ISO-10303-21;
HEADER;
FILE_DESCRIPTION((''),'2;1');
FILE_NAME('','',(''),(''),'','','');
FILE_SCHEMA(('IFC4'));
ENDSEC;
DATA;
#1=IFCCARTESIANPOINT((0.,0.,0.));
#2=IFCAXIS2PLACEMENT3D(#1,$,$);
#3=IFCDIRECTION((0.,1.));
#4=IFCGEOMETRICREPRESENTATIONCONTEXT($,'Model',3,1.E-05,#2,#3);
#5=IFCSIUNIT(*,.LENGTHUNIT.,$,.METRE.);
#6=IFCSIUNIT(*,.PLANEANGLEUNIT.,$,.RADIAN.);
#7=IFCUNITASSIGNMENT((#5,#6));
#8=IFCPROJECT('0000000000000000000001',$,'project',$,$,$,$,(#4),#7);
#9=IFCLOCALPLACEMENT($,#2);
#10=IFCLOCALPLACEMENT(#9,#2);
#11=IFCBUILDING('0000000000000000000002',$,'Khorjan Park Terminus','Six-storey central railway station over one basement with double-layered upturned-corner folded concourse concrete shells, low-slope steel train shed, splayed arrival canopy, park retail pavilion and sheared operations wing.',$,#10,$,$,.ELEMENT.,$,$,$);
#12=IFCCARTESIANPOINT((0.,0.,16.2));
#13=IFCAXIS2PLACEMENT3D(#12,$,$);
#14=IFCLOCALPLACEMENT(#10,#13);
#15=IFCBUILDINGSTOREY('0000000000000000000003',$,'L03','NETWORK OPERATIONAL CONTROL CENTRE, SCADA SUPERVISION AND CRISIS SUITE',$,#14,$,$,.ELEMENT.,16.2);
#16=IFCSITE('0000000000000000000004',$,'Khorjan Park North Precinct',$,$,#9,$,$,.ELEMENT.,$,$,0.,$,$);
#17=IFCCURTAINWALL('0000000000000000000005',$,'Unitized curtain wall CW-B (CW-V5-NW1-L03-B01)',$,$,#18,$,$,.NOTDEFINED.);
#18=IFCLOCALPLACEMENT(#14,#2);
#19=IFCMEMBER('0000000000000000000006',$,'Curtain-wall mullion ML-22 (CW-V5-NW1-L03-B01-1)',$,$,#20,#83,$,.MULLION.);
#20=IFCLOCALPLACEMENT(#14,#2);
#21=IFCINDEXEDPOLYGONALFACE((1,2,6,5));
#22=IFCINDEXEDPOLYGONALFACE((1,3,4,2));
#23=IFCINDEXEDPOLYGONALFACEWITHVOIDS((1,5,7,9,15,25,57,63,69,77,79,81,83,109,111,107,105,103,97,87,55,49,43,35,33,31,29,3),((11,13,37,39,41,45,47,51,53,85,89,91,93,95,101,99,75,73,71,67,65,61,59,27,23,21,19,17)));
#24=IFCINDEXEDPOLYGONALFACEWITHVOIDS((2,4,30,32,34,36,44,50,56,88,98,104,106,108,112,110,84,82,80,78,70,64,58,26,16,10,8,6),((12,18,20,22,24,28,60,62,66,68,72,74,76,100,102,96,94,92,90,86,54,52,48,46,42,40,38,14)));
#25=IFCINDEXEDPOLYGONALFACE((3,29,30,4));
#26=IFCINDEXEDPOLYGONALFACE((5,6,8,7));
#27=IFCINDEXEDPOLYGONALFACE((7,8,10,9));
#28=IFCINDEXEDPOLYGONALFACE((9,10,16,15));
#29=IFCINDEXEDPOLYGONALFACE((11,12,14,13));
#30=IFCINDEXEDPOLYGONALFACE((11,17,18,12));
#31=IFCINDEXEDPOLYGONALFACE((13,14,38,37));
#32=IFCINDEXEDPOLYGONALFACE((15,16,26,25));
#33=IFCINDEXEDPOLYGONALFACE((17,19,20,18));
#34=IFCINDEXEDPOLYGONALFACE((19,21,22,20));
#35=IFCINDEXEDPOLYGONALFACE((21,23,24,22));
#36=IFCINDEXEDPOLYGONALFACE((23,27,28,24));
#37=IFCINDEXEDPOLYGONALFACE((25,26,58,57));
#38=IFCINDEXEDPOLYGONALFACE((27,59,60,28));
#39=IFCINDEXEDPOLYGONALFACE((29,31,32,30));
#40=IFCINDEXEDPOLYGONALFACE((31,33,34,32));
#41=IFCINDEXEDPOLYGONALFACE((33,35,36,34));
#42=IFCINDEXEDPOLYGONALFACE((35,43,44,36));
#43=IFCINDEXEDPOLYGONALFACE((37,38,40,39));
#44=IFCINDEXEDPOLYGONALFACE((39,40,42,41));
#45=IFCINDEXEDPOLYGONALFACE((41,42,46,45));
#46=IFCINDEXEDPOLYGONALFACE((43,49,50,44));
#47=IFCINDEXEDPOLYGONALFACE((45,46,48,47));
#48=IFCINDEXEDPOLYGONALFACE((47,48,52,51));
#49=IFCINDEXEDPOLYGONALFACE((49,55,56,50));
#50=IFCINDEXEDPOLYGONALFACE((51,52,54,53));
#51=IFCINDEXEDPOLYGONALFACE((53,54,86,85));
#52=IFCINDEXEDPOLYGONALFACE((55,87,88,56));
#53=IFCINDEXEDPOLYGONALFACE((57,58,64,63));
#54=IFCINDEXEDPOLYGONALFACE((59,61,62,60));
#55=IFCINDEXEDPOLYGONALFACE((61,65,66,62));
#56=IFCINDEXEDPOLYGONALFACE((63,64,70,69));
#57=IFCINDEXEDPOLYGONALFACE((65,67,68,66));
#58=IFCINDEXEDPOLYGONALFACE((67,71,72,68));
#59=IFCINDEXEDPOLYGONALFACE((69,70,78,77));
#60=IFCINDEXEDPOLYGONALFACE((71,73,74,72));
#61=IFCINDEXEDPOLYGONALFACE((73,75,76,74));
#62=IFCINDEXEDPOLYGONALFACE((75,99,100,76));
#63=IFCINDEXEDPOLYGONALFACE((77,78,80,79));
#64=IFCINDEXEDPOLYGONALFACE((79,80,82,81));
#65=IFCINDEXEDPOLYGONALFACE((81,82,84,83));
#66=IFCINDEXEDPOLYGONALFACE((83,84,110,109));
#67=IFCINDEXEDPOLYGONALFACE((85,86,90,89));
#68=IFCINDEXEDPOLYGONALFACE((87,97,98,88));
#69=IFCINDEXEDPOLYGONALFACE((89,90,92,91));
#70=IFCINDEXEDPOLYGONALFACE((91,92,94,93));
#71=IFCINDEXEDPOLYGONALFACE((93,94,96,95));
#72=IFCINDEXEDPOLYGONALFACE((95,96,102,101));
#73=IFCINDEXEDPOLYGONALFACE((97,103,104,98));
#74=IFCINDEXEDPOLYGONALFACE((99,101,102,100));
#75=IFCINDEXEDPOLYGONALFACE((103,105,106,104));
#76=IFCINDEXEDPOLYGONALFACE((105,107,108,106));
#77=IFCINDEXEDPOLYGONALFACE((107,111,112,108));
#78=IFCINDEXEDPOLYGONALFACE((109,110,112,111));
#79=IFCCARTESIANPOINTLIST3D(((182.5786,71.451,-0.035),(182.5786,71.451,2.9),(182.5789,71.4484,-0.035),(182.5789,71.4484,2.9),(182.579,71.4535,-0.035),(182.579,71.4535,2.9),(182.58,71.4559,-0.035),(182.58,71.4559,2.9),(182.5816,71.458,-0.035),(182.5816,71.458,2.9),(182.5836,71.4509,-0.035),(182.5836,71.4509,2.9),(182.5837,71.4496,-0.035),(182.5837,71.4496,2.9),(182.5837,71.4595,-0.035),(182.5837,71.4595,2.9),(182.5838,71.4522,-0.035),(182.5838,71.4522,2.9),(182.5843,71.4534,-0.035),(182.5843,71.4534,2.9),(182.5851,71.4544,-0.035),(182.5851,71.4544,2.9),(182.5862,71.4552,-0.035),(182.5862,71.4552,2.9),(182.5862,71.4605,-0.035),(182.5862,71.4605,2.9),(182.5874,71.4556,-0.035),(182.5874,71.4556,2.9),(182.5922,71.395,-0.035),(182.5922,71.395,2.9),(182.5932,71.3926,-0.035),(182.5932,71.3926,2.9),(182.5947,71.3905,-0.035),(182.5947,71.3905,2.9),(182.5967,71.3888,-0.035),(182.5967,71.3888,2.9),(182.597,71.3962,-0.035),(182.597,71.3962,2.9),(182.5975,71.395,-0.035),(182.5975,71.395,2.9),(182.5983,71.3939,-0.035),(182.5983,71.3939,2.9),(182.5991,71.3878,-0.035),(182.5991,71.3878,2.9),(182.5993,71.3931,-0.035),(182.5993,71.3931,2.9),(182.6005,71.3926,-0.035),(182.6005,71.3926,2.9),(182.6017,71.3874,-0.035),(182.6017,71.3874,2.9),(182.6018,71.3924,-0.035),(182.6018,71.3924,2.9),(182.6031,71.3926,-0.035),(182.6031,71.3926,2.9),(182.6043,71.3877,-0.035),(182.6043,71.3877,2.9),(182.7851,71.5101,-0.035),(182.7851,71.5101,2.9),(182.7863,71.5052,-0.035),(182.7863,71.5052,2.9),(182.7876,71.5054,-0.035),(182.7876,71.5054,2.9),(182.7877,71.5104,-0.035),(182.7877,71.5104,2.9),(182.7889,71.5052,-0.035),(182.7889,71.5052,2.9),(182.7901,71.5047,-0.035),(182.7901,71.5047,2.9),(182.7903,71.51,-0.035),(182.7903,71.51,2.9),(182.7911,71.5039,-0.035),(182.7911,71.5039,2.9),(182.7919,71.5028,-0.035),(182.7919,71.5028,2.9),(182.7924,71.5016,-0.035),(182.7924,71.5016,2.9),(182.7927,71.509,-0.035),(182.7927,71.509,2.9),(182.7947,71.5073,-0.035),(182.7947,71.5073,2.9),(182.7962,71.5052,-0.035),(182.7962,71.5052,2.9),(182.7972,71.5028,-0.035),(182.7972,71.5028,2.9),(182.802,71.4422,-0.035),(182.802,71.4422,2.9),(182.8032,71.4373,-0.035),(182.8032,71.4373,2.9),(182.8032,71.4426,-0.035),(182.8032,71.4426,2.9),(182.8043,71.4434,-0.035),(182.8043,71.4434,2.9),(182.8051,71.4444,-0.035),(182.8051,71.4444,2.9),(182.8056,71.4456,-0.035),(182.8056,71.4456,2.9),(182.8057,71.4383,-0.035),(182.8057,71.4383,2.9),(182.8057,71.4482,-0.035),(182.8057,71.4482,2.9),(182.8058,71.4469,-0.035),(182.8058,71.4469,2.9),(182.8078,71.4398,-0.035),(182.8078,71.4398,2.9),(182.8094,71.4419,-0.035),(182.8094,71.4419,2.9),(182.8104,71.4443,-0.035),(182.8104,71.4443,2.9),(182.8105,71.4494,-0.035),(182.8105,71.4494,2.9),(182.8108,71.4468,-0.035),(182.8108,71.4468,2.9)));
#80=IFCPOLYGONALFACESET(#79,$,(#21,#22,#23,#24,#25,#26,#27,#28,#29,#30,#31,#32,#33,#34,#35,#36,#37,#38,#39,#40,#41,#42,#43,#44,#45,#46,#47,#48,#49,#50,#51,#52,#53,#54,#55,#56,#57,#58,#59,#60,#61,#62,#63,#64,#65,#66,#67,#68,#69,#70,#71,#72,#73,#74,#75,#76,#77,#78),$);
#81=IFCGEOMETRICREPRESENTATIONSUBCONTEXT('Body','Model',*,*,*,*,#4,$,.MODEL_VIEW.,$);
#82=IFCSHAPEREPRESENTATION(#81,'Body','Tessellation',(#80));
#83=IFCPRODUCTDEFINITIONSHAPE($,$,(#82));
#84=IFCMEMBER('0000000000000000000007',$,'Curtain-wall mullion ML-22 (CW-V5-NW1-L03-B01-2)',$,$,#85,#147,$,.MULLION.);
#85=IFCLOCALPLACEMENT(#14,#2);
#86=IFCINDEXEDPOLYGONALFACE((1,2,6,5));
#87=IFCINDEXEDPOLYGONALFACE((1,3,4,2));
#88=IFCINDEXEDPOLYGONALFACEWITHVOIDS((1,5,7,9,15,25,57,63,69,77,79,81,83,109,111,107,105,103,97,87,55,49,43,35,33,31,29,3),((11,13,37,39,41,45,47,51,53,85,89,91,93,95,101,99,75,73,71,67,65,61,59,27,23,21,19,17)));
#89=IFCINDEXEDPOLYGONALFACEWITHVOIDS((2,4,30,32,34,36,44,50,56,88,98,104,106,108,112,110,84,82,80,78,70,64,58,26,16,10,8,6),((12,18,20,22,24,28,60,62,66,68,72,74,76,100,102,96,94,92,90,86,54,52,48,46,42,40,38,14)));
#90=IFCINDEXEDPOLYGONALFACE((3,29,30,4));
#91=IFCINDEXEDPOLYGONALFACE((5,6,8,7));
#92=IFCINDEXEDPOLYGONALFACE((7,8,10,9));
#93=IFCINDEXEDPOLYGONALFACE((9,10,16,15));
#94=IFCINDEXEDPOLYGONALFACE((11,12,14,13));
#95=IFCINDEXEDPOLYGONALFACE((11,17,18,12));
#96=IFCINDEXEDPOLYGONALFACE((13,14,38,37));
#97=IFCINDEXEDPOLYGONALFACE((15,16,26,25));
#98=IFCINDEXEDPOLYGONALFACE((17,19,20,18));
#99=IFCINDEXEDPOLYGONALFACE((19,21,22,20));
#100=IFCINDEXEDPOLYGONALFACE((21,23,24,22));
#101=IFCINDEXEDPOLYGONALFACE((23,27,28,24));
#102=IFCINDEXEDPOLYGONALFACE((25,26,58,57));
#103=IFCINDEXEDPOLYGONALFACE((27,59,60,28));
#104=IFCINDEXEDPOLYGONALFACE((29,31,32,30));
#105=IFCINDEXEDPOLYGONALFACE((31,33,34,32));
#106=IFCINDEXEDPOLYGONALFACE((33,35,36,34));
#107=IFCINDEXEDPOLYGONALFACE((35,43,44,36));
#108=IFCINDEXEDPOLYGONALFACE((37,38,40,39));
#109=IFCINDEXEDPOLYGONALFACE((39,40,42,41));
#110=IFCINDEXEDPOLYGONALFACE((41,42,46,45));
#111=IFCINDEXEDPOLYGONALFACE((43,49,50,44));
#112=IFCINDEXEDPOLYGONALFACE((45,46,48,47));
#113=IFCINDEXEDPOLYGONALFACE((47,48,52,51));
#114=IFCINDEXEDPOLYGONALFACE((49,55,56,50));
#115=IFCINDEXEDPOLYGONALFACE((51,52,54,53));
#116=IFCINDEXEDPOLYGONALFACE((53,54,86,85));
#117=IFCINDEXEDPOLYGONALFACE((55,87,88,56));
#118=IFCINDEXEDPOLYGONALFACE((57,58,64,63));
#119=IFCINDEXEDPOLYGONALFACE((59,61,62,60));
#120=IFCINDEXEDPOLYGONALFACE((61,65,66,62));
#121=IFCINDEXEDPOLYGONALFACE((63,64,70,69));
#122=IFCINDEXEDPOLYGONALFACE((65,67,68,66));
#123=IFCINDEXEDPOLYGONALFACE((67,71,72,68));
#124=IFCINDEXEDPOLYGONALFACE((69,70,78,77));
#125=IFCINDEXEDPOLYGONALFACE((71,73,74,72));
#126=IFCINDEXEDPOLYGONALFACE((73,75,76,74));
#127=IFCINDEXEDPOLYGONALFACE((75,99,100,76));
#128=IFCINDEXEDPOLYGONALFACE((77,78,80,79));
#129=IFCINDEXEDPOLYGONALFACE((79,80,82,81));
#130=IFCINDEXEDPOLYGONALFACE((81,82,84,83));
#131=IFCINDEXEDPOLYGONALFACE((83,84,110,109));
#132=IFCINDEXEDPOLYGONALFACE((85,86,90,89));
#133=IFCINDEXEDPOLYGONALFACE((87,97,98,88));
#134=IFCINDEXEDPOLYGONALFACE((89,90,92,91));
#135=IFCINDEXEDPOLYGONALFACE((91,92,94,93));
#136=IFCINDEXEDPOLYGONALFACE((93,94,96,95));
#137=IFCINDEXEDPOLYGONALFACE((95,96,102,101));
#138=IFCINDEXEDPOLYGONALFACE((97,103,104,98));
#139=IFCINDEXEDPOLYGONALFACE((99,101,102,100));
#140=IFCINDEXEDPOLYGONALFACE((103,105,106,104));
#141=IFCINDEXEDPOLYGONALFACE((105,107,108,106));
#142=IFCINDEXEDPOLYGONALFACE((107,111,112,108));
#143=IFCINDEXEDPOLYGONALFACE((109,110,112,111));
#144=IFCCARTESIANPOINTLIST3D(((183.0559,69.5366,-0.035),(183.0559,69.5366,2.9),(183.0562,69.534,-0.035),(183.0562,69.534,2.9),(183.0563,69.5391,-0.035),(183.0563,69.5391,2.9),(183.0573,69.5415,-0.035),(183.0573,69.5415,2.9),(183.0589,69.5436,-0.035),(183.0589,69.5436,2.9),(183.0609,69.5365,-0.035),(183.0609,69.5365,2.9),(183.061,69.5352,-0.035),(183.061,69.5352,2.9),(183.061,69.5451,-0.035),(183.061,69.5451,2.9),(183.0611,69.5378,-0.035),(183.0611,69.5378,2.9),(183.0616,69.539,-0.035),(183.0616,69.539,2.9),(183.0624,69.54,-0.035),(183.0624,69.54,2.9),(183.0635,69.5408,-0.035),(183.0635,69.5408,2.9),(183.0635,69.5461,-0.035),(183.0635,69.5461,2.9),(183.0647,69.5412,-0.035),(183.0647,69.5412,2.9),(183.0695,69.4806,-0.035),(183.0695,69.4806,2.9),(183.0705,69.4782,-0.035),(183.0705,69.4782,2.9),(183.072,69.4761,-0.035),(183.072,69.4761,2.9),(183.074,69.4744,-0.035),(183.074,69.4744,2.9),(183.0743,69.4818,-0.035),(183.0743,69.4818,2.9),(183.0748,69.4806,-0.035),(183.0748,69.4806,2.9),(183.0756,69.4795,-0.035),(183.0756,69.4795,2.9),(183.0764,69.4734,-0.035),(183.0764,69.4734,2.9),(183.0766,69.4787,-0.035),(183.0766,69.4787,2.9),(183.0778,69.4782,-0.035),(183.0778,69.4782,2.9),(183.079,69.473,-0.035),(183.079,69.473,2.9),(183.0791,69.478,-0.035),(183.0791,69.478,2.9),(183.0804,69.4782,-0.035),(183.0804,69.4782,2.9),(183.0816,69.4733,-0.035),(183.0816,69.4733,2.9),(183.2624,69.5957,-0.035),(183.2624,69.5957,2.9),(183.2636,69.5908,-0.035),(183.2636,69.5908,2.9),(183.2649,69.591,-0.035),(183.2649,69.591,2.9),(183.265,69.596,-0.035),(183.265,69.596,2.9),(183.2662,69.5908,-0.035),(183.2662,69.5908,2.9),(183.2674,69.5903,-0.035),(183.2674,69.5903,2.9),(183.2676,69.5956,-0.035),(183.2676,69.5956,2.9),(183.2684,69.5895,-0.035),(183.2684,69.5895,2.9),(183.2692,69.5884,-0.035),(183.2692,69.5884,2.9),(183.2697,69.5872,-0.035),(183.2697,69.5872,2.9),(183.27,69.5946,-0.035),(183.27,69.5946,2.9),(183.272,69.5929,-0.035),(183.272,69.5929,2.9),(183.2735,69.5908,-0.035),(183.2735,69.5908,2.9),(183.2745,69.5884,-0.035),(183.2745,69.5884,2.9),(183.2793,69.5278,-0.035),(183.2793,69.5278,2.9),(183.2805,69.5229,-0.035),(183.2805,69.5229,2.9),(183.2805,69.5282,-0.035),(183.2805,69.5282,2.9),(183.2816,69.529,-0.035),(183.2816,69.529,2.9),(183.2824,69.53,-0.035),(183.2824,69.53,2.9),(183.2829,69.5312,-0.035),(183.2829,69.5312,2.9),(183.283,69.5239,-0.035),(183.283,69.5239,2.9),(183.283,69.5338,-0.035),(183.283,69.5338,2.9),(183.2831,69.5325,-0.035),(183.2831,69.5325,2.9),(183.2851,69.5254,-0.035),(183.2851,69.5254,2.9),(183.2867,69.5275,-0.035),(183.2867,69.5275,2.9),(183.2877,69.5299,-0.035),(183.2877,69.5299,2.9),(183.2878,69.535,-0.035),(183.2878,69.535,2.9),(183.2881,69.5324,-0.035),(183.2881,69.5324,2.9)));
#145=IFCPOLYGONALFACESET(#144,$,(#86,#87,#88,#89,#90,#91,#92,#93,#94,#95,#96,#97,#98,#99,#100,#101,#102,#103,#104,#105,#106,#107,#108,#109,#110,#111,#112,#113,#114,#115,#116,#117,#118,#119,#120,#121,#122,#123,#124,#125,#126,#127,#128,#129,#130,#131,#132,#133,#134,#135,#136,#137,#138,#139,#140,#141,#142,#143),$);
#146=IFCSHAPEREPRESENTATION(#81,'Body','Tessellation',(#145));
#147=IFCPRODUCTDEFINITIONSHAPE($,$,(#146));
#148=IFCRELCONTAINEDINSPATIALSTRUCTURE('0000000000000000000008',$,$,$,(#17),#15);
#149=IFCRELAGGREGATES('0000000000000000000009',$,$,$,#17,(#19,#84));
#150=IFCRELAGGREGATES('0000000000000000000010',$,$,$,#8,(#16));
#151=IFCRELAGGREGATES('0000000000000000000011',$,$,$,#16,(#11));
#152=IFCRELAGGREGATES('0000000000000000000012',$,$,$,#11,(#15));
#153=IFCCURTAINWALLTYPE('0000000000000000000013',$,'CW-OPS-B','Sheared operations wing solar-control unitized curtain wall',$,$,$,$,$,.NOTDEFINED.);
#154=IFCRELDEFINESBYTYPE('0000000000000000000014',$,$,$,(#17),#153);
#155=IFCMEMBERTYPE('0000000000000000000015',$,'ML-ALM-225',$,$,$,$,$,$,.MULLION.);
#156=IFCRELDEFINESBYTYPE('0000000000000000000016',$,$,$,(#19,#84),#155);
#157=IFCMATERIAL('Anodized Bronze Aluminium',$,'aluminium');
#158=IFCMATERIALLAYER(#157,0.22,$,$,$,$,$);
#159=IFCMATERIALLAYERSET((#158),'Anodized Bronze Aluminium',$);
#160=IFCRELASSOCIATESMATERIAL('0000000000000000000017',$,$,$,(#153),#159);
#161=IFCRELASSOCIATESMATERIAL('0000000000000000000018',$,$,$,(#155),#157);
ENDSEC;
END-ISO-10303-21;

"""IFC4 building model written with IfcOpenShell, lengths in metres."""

from ifc_helpers import new_model, si_unit, direction, frame, origin, origin_2d, place, context, subcontext, project, spatial, hollow_rectangle, extrude, material, layer, layer_set, material_profile, profile_set, type_object, element, aggregate, save


model = new_model("IFC4")

# Units and contexts
model_context = context("Model", 3, precision=1e-05, world=origin(), true_north=direction((0.0, 1.0)))
body_context = subcontext(model_context, "Body", "Model", "MODEL_VIEW")
ifc_project = project(units=[si_unit("LENGTHUNIT", "METRE"), si_unit("PLANEANGLEUNIT", "RADIAN")], contexts=[model_context])

# Site, building, storey
site_placement = place(None, origin())
site = spatial("IfcSite", under=ifc_project, at=site_placement, Name="Khorjan Park North Precinct", CompositionType="ELEMENT", RefElevation=0.0)
building_placement = place(site_placement, origin())
building = spatial("IfcBuilding", under=site, at=building_placement, Name="Khorjan Park Terminus", Description="Six-storey central railway station over one basement with double-layered upturned-corner folded concourse concrete shells, low-slope steel train shed, splayed arrival canopy, park retail pavilion and sheared operations wing.", CompositionType="ELEMENT")
storey_placement = place(building_placement, frame((0.0, 0.0, 16.2)))
storey = spatial("IfcBuildingStorey", under=building, at=storey_placement, Name="L03", Description="NETWORK OPERATIONAL CONTROL CENTRE, SCADA SUPERVISION AND CRISIS SUITE", CompositionType="ELEMENT", Elevation=16.2)

# Shared definitions
ifc_material_1 = material(Name="Anodized Bronze Aluminium", Category="aluminium")
ifc_layer_1 = layer(ifc_material_1, 0.22)
ifc_layer_set_1 = layer_set([ifc_layer_1], Name="Anodized Bronze Aluminium")
curtain_wall_type = type_object("IfcCurtainWallType", Name="CW-OPS-B", Description="Sheared operations wing solar-control unitized curtain wall", PredefinedType="NOTDEFINED", material=ifc_layer_set_1)
ifc_material_profile_1 = material_profile(ifc_material_1, hollow_rectangle(XDim=0.075, YDim=0.225, WallThickness=0.005, InnerFilletRadius=0.005, OuterFilletRadius=0.01, at=origin_2d()), Name="ALM 75x225x5")
ifc_profile_set_1 = profile_set([ifc_material_profile_1], Name="Anodized Bronze Aluminium")
member_type_1 = type_object("IfcMemberType", Name="ML-ALM-225", PredefinedType="MULLION", material=ifc_profile_set_1)

# Curtain wall, members
curtain_wall_1_placement = place(storey_placement, origin())
curtain_wall_1 = element("IfcCurtainWall", 1, at=curtain_wall_1_placement, inside=storey, type_object=curtain_wall_type, Name="Unitized curtain wall CW-B (CW-V5-NW1-L03-B01)", PredefinedType="NOTDEFINED")
member_1_placement = place(storey_placement, frame((182.6947, 71.4489, -0.035), z_axis=(0.0, 0.0, 1.0), x_axis=(0.241923, -0.970296, 0.0)))
member_1 = element("IfcMember", 2, at=member_1_placement, type_object=member_type_1, Name="Curtain-wall mullion ML-22 (CW-V5-NW1-L03-B01-1)", PredefinedType="MULLION", context=body_context, shape_type="SweptSolid", body=[
    extrude(hollow_rectangle(XDim=0.075, YDim=0.225, WallThickness=0.005, InnerFilletRadius=0.005, OuterFilletRadius=0.01, at=origin_2d()), origin(), (0.0, 0.0, 1.0), 2.935),
])
member_2_placement = place(storey_placement, frame((183.172, 69.5345, -0.035), z_axis=(0.0, 0.0, 1.0), x_axis=(0.241923, -0.970296, 0.0)))
member_2 = element("IfcMember", 3, at=member_2_placement, type_object=member_type_1, Name="Curtain-wall mullion ML-22 (CW-V5-NW1-L03-B01-2)", PredefinedType="MULLION", context=body_context, shape_type="SweptSolid", body=[
    extrude(hollow_rectangle(XDim=0.075, YDim=0.225, WallThickness=0.005, InnerFilletRadius=0.005, OuterFilletRadius=0.01, at=origin_2d()), origin(), (0.0, 0.0, 1.0), 2.935),
])

aggregate(curtain_wall_1, [member_1, member_2])

save(model, "model.ifc")
